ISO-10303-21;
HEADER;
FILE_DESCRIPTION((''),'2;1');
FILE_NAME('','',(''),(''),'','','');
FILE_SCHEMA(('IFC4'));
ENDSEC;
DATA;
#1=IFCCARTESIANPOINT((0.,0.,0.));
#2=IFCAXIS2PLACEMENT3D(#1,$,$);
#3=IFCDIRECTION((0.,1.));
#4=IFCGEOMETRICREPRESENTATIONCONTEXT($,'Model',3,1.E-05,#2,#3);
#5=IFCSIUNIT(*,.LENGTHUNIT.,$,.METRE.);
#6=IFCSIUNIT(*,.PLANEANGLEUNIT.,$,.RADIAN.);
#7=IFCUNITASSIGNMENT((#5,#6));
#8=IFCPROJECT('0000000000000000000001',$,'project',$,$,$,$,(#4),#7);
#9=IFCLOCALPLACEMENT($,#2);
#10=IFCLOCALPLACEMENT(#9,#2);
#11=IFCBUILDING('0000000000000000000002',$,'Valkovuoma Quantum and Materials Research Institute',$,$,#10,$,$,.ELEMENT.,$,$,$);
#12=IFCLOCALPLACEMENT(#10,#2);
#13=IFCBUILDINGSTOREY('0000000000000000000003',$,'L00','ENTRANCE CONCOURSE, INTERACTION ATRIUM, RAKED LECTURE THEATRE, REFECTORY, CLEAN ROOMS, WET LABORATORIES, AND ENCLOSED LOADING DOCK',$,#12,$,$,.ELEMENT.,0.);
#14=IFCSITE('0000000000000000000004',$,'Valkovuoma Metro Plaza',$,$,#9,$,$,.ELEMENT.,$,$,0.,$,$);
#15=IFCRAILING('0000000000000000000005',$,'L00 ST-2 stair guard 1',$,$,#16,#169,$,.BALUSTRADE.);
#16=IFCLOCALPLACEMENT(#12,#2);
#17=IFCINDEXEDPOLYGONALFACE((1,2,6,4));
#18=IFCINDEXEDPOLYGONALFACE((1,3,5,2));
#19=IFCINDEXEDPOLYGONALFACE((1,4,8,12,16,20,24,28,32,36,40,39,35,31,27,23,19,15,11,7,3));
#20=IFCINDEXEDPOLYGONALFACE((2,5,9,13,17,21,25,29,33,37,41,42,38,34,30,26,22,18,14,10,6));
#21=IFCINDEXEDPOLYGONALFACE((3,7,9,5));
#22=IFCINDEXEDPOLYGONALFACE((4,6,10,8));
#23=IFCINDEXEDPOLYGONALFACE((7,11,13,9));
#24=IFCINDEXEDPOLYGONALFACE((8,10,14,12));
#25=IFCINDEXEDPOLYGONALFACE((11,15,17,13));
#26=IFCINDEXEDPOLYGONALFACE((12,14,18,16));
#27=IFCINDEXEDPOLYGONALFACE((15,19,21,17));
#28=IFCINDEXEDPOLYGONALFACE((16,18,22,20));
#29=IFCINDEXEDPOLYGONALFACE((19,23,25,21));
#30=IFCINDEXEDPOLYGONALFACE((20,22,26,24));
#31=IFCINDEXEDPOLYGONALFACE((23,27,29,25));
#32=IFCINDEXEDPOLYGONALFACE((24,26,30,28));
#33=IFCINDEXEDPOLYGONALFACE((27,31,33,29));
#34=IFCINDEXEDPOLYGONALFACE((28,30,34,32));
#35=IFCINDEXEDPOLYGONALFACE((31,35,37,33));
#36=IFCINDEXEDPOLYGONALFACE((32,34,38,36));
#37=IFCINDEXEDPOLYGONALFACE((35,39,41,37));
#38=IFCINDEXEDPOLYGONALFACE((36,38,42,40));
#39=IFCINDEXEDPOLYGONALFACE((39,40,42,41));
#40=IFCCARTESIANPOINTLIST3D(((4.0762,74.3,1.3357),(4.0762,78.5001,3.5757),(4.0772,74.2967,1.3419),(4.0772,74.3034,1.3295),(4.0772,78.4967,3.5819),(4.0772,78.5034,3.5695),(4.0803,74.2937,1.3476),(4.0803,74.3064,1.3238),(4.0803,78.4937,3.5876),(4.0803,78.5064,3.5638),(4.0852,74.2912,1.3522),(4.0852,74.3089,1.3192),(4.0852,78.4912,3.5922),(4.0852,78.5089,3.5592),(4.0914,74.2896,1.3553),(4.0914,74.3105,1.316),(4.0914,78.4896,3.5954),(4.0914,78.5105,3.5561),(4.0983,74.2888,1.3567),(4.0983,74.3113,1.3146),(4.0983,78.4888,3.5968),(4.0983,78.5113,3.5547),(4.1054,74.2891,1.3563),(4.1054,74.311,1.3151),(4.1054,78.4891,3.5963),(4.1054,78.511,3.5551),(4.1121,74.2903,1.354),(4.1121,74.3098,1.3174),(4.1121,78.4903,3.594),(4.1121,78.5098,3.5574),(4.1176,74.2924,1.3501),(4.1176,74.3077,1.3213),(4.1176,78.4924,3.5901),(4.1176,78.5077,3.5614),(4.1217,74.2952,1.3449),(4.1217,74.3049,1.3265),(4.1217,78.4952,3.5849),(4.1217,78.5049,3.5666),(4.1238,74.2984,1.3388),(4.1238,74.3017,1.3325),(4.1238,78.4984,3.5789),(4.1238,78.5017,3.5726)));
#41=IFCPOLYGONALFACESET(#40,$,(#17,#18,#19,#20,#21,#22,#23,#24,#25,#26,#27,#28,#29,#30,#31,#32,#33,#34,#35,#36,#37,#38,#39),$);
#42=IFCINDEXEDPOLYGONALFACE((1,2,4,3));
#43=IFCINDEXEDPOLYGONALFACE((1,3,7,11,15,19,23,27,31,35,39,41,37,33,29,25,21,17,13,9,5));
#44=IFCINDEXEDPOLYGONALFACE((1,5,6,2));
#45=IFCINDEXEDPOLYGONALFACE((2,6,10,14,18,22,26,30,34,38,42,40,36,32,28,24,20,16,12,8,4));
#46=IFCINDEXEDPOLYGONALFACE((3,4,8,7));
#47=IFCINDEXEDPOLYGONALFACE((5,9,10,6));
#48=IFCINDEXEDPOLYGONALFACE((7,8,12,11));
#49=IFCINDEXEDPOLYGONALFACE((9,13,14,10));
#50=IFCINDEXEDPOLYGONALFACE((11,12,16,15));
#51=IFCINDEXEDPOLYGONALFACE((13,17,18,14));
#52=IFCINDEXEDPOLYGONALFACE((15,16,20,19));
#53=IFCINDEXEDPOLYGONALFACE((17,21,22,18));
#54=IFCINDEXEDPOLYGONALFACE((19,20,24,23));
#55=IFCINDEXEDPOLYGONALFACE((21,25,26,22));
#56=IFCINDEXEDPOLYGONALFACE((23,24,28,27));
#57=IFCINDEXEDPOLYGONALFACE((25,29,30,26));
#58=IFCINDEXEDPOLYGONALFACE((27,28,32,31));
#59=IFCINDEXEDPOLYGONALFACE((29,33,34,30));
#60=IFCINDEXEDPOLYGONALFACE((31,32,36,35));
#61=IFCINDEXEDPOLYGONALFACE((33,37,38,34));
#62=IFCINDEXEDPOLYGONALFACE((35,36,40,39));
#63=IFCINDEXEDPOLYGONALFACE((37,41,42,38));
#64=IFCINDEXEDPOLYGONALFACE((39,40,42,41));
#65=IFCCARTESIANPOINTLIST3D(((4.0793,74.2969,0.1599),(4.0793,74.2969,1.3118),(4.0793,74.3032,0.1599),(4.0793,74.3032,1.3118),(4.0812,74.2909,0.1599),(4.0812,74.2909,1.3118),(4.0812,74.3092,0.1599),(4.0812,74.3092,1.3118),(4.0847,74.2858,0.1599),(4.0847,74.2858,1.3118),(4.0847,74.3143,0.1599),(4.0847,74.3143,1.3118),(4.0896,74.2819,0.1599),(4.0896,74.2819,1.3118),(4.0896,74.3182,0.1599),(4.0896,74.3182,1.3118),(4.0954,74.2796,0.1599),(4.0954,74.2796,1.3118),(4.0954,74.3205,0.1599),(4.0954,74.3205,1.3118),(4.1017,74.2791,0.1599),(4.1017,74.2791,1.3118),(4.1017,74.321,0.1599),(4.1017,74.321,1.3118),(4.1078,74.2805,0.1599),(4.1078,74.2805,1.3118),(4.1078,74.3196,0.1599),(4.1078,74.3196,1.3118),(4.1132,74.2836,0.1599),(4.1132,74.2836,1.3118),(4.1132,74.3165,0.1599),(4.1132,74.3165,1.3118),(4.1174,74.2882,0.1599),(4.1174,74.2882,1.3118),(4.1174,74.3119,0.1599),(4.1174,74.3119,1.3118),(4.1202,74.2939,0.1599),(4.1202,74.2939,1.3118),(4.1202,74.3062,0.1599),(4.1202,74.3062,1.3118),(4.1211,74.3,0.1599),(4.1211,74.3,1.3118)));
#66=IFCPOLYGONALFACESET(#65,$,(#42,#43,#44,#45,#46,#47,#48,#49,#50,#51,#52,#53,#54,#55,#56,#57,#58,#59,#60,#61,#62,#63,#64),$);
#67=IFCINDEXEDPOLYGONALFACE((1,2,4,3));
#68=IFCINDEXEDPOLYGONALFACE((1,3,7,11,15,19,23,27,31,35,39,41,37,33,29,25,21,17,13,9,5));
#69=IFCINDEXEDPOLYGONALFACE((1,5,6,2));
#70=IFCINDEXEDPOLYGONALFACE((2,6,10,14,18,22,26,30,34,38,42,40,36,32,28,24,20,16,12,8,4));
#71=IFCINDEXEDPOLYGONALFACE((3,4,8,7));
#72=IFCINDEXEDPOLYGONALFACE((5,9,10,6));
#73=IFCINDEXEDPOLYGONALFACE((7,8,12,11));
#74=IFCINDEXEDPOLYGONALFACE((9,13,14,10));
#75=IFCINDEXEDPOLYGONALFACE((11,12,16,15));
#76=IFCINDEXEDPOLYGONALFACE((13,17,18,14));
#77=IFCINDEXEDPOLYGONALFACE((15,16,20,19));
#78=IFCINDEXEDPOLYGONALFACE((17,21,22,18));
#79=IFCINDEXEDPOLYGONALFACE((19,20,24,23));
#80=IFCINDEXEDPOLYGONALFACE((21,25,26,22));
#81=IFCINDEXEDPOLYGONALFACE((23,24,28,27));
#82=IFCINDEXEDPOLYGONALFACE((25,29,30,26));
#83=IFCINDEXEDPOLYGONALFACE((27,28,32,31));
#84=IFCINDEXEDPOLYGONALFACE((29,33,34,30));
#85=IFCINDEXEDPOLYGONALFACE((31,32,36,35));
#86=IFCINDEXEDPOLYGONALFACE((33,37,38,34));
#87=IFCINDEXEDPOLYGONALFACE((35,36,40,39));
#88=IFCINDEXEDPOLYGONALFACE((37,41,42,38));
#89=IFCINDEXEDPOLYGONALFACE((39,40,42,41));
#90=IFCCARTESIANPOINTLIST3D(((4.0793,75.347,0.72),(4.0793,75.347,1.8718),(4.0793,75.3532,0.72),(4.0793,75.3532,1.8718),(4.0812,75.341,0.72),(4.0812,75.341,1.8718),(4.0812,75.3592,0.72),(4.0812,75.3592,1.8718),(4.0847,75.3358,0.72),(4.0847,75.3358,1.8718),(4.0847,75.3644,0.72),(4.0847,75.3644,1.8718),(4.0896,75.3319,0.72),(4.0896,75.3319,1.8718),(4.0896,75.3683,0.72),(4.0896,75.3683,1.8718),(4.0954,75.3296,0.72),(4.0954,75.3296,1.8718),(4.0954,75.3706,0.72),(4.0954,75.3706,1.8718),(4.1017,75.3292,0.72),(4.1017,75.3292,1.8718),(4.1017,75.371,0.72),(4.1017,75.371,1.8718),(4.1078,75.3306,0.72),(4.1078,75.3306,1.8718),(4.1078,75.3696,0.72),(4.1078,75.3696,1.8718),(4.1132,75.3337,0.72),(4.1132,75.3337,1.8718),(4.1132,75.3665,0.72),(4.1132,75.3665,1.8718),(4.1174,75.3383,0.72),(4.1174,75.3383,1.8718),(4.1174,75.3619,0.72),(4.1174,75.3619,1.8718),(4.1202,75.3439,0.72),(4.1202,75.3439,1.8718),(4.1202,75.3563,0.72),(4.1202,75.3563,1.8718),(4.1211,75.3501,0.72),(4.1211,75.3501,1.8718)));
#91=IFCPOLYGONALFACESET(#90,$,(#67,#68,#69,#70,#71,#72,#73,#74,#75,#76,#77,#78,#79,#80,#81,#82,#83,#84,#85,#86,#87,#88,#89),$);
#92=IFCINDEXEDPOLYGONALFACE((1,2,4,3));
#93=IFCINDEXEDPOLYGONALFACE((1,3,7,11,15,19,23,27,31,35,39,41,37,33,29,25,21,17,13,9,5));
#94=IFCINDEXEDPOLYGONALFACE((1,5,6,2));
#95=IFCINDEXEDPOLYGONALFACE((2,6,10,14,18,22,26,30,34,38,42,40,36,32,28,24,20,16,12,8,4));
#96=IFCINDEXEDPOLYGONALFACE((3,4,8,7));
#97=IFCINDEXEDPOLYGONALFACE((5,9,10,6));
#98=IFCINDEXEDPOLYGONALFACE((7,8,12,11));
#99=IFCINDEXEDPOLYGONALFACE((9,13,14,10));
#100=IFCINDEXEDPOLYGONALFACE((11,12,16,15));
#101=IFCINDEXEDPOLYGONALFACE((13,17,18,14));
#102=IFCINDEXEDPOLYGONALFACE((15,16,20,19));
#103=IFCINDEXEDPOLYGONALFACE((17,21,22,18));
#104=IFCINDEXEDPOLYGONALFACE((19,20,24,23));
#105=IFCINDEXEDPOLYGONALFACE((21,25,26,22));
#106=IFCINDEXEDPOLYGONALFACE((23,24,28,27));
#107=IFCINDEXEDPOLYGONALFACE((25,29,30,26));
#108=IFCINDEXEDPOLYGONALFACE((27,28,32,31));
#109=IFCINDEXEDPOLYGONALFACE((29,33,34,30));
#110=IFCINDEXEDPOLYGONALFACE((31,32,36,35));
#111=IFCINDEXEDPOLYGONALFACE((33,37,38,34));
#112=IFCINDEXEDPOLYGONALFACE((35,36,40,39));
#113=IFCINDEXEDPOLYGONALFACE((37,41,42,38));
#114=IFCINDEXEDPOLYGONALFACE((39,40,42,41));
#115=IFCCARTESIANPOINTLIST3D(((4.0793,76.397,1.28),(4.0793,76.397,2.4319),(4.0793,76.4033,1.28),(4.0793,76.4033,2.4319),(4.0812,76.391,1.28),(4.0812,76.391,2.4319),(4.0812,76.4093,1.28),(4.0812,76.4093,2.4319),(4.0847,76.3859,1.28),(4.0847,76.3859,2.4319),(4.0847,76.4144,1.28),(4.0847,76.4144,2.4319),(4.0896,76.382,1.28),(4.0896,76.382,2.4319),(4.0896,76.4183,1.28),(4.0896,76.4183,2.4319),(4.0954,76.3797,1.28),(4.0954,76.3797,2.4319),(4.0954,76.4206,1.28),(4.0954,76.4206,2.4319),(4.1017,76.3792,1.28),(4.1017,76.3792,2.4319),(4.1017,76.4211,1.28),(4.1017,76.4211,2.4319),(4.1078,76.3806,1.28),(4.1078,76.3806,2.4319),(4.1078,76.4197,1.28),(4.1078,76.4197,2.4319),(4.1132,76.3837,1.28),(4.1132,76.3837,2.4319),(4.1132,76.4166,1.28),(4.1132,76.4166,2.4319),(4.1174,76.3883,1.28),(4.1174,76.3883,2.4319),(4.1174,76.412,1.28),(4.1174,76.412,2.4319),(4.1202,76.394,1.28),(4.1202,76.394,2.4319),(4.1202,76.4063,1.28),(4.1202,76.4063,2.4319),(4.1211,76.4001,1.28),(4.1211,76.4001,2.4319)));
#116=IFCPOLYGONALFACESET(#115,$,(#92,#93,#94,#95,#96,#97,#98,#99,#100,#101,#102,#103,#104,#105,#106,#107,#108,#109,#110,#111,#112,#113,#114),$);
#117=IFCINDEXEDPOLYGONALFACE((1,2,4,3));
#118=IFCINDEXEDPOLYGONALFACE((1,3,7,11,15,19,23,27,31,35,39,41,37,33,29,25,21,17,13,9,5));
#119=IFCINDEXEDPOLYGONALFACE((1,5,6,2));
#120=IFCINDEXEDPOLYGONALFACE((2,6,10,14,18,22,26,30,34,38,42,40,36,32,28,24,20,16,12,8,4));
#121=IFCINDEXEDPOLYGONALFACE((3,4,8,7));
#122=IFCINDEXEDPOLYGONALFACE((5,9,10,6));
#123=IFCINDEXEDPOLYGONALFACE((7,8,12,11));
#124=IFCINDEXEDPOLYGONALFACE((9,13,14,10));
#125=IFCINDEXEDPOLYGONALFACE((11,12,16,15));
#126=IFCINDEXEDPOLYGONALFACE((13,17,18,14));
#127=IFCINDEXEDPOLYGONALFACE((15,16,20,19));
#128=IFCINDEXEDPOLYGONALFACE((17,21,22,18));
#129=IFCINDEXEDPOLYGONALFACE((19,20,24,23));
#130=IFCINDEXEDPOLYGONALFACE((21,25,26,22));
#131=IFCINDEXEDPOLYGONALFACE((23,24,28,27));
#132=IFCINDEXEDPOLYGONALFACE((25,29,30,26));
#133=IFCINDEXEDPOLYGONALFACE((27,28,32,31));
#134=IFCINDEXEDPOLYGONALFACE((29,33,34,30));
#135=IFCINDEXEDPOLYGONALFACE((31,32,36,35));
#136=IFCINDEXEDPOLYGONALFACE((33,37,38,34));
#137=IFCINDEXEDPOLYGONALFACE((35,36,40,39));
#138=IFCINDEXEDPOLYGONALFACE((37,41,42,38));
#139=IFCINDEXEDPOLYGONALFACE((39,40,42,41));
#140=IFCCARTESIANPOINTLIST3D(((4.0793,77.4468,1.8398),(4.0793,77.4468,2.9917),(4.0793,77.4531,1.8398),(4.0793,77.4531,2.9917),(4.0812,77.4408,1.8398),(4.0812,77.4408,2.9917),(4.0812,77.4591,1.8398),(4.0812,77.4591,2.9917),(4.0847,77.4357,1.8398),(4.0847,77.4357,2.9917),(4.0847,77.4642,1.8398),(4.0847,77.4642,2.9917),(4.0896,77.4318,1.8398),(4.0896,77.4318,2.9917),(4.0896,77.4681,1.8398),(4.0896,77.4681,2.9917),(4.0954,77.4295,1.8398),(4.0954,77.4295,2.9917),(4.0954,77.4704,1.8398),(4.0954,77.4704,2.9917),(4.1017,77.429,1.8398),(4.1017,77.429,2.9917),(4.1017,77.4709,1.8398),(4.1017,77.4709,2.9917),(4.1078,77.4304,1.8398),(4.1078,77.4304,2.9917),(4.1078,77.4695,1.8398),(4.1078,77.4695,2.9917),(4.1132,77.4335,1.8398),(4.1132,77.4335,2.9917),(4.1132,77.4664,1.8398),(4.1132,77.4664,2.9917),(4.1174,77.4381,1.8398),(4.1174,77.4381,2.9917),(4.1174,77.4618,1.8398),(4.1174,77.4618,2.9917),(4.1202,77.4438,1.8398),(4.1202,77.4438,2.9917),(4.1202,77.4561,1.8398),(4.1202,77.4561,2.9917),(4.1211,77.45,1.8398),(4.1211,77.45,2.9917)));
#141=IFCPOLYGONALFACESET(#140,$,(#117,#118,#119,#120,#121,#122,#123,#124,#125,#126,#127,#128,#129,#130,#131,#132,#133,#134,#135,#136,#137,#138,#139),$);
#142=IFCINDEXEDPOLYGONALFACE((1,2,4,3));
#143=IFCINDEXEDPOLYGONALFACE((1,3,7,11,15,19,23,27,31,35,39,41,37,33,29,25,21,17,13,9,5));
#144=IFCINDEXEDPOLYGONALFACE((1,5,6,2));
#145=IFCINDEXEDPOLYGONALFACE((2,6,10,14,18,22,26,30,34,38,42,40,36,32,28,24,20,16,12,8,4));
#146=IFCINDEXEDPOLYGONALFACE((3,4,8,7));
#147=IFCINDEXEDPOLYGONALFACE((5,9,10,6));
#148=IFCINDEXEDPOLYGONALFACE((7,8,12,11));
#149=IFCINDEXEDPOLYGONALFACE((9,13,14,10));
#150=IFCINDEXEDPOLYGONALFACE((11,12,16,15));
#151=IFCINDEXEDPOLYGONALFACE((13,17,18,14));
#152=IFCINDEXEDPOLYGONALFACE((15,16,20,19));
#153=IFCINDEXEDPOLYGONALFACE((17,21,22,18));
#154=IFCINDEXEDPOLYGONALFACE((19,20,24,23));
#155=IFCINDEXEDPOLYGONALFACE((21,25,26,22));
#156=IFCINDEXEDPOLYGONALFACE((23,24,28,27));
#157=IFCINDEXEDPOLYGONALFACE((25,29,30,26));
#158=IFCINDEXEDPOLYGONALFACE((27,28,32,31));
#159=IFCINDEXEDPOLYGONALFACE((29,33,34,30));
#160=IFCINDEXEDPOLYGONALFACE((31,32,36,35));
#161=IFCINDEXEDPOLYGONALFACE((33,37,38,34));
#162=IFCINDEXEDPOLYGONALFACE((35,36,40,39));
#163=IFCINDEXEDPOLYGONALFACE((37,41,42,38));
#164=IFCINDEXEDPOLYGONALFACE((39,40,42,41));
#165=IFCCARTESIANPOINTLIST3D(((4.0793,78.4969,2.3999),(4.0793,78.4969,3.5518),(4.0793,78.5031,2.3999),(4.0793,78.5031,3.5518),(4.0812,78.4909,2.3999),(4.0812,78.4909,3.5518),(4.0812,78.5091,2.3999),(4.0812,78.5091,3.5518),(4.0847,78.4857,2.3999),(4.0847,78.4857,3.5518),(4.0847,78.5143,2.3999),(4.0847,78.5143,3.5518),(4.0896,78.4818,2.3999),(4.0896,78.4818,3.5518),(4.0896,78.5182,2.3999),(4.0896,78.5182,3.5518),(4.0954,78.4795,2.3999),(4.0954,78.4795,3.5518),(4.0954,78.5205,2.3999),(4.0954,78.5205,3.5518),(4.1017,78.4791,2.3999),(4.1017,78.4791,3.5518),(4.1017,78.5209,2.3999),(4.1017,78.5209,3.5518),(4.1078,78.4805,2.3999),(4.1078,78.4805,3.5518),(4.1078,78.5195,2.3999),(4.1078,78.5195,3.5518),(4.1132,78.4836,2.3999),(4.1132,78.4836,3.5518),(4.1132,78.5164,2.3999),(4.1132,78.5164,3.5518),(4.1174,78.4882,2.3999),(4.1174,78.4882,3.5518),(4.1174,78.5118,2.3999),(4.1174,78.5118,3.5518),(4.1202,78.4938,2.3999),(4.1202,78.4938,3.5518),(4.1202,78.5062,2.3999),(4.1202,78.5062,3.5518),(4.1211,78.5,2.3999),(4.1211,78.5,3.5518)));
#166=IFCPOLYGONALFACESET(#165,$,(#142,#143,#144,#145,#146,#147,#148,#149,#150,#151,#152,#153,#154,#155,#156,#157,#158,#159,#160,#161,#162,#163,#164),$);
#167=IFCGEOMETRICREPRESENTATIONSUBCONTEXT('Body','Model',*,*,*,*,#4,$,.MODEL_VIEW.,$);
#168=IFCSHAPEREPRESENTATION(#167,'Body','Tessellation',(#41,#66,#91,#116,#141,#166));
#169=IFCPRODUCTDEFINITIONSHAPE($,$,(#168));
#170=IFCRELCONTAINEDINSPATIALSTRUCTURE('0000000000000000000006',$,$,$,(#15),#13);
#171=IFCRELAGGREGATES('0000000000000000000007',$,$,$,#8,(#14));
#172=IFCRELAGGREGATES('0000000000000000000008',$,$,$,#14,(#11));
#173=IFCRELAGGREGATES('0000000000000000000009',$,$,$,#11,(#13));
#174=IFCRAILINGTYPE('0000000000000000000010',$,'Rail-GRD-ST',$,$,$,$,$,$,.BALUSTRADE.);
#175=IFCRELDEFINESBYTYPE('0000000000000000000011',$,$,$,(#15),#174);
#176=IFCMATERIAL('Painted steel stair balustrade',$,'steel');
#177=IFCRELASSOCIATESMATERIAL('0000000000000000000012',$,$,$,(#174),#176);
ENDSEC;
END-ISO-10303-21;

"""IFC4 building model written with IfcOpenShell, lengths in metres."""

from ifc_helpers import new_model, si_unit, direction, frame, origin, origin_2d, place, context, subcontext, project, spatial, circle, extrude, material, type_object, element, save


model = new_model("IFC4")

# Units and contexts
model_context = context("Model", 3, precision=1e-05, world=origin(), true_north=direction((0.0, 1.0)))
body_context = subcontext(model_context, "Body", "Model", "MODEL_VIEW")
ifc_project = project(units=[si_unit("LENGTHUNIT", "METRE"), si_unit("PLANEANGLEUNIT", "RADIAN")], contexts=[model_context])

# Site, building, storey
site_placement = place(None, origin())
site = spatial("IfcSite", under=ifc_project, at=site_placement, Name="Valkovuoma Metro Plaza", CompositionType="ELEMENT", RefElevation=0.0)
building_placement = place(site_placement, origin())
building = spatial("IfcBuilding", under=site, at=building_placement, Name="Valkovuoma Quantum and Materials Research Institute", CompositionType="ELEMENT")
storey_placement = place(building_placement, origin())
storey = spatial("IfcBuildingStorey", under=building, at=storey_placement, Name="L00", Description="ENTRANCE CONCOURSE, INTERACTION ATRIUM, RAKED LECTURE THEATRE, REFECTORY, CLEAN ROOMS, WET LABORATORIES, AND ENCLOSED LOADING DOCK", CompositionType="ELEMENT", Elevation=0.0)

# Railing
ifc_material_1 = material(Name="Painted steel stair balustrade", Category="steel")
railing_type = type_object("IfcRailingType", Name="Rail-GRD-ST", PredefinedType="BALUSTRADE", material=ifc_material_1)
railing_1_placement = place(storey_placement, frame((4.1001, 74.3, 0.1599)))
element("IfcRailing", 1, at=railing_1_placement, inside=storey, type_object=railing_type, Name="L00 ST-2 stair guard 1", PredefinedType="BALUSTRADE", context=body_context, shape_type="SweptSolid", body=[
    extrude(circle(Radius=0.0239, at=origin_2d()), frame((0.0, 0.0, 1.1758), z_axis=(0.0, 0.882352, 0.470591), x_axis=(-1.0, 0.0, 0.0)), (0.0, 0.0, 1.0), 4.76),
    extrude(circle(Radius=0.021, at=origin_2d()), origin(), (0.0, 0.0, 1.0), 1.1519),
    extrude(circle(Radius=0.021, at=origin_2d()), frame((0.0, 1.05, 0.5601)), (0.0, 0.0, 1.0), 1.1519),
    extrude(circle(Radius=0.021, at=origin_2d()), frame((0.0, 2.1001, 1.1201)), (0.0, 0.0, 1.0), 1.1519),
    extrude(circle(Radius=0.021, at=origin_2d()), frame((0.0, 3.1499, 1.6799)), (0.0, 0.0, 1.0), 1.1519),
    extrude(circle(Radius=0.021, at=origin_2d()), frame((0.0, 4.2, 2.24)), (0.0, 0.0, 1.0), 1.1519),
])

save(model, "model.ifc")
